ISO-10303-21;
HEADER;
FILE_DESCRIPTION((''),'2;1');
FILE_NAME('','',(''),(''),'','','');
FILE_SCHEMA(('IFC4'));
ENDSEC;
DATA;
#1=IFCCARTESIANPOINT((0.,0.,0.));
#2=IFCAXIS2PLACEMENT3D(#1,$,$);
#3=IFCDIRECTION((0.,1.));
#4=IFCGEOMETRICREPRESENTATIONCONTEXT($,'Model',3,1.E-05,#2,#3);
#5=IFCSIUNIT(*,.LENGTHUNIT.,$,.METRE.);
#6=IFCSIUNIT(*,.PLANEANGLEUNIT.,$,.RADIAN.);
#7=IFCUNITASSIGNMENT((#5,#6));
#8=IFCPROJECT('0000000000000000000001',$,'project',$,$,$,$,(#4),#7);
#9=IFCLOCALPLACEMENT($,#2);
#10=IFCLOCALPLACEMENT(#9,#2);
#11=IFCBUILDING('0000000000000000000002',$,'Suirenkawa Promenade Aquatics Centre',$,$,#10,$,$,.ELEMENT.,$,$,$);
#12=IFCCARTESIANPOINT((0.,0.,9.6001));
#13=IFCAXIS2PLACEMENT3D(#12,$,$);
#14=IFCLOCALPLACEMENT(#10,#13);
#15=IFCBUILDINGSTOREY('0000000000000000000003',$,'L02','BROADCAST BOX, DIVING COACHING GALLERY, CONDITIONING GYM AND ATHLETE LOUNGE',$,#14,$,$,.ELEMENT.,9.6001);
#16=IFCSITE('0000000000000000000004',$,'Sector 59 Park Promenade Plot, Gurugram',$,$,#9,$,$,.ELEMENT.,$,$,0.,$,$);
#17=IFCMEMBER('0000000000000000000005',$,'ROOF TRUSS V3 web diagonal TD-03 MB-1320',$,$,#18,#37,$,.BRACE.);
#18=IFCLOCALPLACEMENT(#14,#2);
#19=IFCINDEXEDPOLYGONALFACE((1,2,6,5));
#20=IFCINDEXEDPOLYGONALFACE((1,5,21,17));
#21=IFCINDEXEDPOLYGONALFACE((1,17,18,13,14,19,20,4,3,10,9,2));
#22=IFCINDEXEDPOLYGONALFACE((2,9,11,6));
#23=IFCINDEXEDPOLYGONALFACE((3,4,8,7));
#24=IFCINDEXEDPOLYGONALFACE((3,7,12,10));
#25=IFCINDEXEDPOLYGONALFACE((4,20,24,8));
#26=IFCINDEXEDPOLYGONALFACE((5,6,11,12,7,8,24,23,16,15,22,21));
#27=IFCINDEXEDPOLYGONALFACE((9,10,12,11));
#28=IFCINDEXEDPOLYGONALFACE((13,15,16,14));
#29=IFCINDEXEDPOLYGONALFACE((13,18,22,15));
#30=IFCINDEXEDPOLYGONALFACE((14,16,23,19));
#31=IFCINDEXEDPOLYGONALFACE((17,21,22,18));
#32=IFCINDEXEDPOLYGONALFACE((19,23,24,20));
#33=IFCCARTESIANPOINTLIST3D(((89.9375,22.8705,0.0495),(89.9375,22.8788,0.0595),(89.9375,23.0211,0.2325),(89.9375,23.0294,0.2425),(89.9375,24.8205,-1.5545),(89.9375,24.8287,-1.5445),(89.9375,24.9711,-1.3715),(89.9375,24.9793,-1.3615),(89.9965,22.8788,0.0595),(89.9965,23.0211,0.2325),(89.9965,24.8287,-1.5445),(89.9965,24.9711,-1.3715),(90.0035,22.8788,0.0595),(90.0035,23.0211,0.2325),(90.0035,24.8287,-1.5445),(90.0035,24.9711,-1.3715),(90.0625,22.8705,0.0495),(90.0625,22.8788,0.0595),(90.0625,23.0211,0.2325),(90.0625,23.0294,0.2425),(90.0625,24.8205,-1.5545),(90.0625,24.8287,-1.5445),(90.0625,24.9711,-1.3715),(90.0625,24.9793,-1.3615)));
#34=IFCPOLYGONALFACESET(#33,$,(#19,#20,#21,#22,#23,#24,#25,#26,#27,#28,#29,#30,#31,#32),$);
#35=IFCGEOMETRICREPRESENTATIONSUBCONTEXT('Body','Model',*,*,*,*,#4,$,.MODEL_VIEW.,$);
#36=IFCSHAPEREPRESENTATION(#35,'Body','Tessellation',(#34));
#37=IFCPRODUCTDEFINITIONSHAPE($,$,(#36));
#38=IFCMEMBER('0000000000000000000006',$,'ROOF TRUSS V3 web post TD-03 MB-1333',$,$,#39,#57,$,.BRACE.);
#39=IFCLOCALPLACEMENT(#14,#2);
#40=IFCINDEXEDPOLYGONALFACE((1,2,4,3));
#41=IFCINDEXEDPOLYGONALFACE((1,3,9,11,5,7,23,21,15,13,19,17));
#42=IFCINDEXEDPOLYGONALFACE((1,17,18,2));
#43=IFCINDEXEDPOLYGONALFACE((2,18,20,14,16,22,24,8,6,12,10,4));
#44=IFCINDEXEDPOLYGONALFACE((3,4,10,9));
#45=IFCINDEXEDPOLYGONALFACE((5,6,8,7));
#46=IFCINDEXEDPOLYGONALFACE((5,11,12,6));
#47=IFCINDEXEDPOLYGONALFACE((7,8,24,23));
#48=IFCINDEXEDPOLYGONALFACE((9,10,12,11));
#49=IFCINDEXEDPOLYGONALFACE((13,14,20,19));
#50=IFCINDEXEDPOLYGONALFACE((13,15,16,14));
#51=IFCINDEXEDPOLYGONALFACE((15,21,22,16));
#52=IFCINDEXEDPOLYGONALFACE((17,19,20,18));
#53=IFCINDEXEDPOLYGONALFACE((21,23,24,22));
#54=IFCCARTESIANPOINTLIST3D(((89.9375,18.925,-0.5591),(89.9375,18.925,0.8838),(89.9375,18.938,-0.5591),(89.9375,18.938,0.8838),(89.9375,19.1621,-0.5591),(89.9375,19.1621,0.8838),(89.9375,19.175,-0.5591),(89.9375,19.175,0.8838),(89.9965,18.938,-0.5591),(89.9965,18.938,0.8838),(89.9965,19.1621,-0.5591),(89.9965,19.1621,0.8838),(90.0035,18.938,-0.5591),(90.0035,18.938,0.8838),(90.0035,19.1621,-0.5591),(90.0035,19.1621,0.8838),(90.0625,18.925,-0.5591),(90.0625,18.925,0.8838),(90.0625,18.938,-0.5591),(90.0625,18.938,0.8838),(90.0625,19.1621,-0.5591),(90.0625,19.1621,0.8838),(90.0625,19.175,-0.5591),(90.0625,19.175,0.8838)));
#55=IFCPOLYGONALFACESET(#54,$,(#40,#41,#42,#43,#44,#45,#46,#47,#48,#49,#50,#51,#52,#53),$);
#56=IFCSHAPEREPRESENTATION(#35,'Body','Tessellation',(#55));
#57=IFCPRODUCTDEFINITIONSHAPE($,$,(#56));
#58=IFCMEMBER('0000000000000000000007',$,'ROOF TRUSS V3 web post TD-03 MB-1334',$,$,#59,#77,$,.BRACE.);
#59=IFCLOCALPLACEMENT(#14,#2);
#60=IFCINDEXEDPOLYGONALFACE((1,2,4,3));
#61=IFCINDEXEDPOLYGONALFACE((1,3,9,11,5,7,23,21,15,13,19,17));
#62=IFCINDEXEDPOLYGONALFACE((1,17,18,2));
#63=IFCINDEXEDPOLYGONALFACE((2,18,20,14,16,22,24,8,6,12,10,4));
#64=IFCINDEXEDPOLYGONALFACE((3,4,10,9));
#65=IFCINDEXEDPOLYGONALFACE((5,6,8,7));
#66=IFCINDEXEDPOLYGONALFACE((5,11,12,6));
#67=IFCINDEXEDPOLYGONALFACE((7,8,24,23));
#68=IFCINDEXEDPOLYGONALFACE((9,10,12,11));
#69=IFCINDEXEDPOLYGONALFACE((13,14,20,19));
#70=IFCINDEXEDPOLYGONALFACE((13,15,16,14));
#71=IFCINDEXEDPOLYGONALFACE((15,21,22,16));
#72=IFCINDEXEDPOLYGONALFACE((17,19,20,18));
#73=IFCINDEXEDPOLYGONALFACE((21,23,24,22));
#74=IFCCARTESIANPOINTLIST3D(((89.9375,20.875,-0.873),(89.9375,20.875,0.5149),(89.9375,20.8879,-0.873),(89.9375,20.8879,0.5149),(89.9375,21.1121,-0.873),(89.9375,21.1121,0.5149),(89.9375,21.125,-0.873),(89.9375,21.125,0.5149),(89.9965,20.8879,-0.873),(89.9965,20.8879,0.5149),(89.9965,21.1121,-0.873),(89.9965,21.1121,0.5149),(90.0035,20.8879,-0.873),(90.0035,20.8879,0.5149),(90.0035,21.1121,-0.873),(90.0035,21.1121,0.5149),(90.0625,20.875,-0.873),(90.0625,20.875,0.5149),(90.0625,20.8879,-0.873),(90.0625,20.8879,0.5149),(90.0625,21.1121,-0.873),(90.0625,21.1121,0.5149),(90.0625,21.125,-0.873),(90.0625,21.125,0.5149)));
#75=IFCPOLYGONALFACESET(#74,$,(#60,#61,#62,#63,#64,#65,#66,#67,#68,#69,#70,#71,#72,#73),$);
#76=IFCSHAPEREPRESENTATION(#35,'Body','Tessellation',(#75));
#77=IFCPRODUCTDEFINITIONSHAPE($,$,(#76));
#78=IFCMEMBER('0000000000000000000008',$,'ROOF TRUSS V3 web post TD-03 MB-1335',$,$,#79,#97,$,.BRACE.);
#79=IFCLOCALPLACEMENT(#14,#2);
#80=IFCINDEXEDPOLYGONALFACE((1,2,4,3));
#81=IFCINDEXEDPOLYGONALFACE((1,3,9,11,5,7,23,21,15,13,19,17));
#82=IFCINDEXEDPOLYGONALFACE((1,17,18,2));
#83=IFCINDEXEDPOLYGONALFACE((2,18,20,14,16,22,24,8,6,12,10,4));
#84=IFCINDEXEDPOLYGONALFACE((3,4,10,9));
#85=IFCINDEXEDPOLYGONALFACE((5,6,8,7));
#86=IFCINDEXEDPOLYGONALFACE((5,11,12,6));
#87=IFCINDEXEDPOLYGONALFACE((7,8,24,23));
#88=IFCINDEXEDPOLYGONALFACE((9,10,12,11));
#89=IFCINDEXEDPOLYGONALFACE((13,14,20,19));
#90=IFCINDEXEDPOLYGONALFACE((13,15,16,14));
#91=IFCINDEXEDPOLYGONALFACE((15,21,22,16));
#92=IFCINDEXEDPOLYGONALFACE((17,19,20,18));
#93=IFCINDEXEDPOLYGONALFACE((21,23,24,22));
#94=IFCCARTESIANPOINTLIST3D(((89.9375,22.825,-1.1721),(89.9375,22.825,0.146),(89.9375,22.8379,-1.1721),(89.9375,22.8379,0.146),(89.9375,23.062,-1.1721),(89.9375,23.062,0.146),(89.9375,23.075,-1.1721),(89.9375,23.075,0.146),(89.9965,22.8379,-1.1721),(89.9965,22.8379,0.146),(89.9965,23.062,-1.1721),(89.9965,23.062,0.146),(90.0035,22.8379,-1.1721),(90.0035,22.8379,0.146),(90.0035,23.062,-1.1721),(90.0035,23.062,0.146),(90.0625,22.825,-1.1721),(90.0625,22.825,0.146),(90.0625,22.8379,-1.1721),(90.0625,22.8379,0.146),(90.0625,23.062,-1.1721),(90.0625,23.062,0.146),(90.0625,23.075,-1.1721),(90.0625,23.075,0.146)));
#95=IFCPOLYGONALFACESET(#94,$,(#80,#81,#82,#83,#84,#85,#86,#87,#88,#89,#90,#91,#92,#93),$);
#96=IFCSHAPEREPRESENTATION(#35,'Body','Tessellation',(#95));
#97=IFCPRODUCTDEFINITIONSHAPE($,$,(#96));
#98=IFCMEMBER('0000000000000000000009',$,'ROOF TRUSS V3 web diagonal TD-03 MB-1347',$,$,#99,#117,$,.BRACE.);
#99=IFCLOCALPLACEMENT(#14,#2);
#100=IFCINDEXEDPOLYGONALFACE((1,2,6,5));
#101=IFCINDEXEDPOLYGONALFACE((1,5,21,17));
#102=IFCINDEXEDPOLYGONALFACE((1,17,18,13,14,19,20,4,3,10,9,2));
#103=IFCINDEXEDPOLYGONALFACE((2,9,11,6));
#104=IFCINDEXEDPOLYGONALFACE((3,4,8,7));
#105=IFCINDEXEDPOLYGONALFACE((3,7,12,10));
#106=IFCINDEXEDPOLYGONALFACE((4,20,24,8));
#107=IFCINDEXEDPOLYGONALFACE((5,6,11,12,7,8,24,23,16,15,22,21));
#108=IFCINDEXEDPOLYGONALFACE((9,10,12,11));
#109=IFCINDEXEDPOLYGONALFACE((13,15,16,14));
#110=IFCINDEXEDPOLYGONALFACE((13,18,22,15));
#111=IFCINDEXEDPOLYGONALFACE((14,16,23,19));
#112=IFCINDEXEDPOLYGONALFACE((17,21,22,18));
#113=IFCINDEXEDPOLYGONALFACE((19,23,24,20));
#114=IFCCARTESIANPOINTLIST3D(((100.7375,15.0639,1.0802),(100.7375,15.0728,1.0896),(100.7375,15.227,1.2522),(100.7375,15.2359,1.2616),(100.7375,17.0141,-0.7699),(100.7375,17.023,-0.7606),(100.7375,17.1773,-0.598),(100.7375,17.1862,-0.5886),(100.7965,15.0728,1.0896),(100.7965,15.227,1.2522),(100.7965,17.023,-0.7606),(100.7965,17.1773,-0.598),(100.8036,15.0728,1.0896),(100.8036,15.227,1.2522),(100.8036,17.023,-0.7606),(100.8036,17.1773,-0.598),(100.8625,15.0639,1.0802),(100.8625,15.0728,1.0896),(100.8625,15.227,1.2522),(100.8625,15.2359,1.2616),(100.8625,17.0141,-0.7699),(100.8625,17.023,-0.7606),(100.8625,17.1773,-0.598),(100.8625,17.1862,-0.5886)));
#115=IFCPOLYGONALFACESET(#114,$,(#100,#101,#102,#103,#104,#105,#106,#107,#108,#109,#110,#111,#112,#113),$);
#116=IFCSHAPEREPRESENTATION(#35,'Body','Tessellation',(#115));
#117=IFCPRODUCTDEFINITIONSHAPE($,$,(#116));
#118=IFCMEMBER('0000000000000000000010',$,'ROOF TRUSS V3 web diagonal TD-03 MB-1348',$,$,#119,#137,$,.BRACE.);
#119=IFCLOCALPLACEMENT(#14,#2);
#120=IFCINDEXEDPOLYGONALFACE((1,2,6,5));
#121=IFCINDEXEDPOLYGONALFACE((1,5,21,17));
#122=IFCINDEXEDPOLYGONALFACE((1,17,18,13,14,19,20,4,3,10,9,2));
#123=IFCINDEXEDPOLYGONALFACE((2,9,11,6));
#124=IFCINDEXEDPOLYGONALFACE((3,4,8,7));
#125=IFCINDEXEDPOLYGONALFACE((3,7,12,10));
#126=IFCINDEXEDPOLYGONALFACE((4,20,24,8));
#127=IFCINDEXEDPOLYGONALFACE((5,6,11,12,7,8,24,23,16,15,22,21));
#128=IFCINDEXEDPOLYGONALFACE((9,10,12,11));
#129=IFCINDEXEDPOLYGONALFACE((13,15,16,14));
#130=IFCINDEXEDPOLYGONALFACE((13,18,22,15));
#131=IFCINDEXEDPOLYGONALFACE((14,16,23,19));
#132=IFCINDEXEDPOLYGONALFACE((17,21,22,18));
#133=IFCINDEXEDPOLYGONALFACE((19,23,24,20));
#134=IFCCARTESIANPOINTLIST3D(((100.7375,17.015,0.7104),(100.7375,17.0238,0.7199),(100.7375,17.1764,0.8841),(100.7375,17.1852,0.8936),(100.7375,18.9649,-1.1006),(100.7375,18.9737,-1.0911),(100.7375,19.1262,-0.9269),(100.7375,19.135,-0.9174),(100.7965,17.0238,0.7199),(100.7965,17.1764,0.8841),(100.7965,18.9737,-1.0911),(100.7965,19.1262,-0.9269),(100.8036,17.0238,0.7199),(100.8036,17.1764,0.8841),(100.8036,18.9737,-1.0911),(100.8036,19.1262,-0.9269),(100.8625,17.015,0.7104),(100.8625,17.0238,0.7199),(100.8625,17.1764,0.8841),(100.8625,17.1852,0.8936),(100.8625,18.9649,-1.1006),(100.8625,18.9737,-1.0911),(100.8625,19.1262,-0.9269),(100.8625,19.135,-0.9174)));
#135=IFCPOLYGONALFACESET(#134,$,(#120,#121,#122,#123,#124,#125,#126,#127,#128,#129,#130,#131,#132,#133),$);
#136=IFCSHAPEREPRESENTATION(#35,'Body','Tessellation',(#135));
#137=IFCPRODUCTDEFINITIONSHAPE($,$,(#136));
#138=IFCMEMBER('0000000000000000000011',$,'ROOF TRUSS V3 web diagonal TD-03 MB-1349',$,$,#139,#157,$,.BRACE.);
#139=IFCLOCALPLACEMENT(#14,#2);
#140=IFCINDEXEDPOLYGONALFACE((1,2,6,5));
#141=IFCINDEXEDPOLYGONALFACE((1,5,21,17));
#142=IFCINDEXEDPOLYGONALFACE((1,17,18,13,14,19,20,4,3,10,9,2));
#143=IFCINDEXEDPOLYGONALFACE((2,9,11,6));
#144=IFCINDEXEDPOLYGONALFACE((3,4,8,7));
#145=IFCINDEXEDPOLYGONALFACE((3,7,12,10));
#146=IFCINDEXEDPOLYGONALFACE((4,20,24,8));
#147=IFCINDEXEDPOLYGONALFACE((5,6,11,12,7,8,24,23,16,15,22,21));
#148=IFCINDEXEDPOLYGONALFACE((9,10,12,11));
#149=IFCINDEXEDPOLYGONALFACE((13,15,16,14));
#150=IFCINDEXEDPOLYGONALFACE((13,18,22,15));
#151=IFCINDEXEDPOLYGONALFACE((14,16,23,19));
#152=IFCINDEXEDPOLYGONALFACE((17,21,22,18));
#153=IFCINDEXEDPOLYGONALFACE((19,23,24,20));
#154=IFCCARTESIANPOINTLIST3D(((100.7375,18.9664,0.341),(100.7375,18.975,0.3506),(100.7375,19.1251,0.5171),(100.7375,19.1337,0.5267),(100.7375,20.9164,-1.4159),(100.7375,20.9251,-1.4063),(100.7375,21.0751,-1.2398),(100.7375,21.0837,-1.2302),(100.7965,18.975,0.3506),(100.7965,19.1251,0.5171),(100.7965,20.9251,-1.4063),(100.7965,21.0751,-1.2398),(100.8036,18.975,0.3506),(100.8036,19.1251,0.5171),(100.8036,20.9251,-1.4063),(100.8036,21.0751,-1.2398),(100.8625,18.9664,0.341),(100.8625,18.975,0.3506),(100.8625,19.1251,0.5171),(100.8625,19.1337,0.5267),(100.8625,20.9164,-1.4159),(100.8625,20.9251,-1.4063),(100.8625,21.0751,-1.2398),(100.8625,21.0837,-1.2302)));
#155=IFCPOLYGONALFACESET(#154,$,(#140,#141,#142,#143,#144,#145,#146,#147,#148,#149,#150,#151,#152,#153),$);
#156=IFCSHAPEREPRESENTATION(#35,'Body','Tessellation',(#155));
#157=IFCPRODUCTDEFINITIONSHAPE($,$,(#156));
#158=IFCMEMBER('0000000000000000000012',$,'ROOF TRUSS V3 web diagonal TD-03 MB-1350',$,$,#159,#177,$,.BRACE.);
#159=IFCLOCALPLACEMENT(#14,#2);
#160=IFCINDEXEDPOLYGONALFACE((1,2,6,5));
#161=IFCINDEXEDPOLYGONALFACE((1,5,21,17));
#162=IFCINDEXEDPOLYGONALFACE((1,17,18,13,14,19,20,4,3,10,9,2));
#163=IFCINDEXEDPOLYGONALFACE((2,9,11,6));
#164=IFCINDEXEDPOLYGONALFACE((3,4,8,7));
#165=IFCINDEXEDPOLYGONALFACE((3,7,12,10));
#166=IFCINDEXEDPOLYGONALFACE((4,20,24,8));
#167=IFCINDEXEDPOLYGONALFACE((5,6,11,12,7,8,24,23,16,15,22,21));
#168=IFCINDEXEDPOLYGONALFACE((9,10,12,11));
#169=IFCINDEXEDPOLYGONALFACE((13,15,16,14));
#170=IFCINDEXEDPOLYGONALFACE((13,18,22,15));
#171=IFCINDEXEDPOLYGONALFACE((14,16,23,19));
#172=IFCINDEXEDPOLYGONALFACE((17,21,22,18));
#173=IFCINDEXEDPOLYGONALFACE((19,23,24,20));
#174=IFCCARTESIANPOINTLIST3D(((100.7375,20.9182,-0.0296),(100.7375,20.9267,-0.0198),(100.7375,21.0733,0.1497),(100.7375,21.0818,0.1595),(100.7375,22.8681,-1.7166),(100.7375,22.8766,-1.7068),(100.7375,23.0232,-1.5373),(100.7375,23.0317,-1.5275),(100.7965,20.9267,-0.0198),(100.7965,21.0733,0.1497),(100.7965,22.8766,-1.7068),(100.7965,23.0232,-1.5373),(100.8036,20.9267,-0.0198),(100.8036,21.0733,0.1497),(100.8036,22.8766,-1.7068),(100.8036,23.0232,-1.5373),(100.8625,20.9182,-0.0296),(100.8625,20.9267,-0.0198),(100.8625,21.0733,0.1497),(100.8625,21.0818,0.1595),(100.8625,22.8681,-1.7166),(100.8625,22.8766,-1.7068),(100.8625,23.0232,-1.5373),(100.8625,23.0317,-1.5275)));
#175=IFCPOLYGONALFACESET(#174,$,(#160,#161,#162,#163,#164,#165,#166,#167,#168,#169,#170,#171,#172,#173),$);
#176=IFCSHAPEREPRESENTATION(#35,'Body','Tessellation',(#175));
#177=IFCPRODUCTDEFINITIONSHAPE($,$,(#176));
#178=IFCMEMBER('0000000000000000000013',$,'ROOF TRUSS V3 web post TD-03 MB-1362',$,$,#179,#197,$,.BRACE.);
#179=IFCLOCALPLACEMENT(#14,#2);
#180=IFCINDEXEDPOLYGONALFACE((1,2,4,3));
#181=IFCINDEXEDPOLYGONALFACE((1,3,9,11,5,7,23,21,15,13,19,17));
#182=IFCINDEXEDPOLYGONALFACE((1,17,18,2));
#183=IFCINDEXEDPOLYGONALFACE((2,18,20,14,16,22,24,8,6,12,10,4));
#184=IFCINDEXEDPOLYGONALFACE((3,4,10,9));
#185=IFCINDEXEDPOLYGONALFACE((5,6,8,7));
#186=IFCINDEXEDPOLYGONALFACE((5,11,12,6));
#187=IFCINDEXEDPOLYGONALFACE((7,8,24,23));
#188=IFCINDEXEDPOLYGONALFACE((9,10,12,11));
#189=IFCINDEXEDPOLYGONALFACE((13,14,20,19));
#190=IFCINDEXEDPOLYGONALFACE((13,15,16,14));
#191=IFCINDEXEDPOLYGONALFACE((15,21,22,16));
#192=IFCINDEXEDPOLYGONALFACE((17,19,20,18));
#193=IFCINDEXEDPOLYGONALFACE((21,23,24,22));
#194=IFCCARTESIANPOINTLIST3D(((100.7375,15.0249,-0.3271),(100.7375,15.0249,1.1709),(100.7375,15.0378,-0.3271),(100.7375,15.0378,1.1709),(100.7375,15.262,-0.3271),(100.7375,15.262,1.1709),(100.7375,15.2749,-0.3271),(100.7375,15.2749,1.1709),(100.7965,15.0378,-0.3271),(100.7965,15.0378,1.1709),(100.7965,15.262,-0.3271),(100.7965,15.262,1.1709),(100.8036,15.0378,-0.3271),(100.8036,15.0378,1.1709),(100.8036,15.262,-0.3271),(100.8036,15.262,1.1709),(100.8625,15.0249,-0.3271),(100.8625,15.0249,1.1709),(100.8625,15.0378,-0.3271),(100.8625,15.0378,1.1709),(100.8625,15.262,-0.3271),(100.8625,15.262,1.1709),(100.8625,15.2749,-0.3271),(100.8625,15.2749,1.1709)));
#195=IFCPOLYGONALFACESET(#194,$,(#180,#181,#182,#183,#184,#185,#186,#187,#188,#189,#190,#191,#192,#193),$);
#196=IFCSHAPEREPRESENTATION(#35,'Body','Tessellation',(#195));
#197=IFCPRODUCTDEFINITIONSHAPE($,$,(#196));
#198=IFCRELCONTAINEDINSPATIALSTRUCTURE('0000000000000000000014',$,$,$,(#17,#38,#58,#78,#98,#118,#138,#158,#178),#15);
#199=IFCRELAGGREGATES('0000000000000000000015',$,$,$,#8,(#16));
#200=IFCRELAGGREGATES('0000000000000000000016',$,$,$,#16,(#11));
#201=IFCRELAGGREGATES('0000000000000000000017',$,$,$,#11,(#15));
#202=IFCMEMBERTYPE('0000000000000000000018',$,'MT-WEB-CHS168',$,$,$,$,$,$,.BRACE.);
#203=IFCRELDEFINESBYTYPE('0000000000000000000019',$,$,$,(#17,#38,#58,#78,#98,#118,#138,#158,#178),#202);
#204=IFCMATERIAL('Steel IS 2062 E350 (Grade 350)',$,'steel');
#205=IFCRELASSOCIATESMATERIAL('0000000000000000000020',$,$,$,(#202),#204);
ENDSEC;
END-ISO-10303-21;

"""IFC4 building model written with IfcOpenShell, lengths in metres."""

from ifc_helpers import new_model, si_unit, direction, frame, origin, origin_2d, place, context, subcontext, project, spatial, i_section, extrude, material, material_profile, profile_set, type_object, element, save


model = new_model("IFC4")

# Units and contexts
model_context = context("Model", 3, precision=1e-05, world=origin(), true_north=direction((0.0, 1.0)))
body_context = subcontext(model_context, "Body", "Model", "MODEL_VIEW")
ifc_project = project(units=[si_unit("LENGTHUNIT", "METRE"), si_unit("PLANEANGLEUNIT", "RADIAN")], contexts=[model_context])

# Site, building, storey
site_placement = place(None, origin())
site = spatial("IfcSite", under=ifc_project, at=site_placement, Name="Sector 59 Park Promenade Plot, Gurugram", CompositionType="ELEMENT", RefElevation=0.0)
building_placement = place(site_placement, origin())
building = spatial("IfcBuilding", under=site, at=building_placement, Name="Suirenkawa Promenade Aquatics Centre", CompositionType="ELEMENT")
storey_placement = place(building_placement, frame((0.0, 0.0, 9.6001)))
storey = spatial("IfcBuildingStorey", under=building, at=storey_placement, Name="L02", Description="BROADCAST BOX, DIVING COACHING GALLERY, CONDITIONING GYM AND ATHLETE LOUNGE", CompositionType="ELEMENT", Elevation=9.6001)

# Shared definitions
ifc_material = material(Name="Steel IS 2062 E350 (Grade 350)", Category="steel")

# Members
ifc_material_profile_1 = material_profile(ifc_material, i_section(OverallWidth=0.125, OverallDepth=0.25, WebThickness=0.0071, FlangeThickness=0.0129, at=origin_2d()), Name="ISMB 250", Category="steel")
ifc_profile_set_1 = profile_set([ifc_material_profile_1], Name="Steel IS 2062 E350 (Grade 350)")
member_type_1 = type_object("IfcMemberType", Name="MT-WEB-CHS168", PredefinedType="BRACE", material=ifc_profile_set_1)
member_1_placement = place(storey_placement, frame((90.0, 22.95, 0.146), z_axis=(0.0, 0.772287, -0.635273), x_axis=(-1.0, 0.0, 0.0)))
element("IfcMember", 1, at=member_1_placement, inside=storey, type_object=member_type_1, Name="ROOF TRUSS V3 web diagonal TD-03 MB-1320", PredefinedType="BRACE", context=body_context, shape_type="SweptSolid", body=[
    extrude(i_section(OverallWidth=0.125, OverallDepth=0.25, WebThickness=0.0071, FlangeThickness=0.0129, at=origin_2d()), origin(), (0.0, 0.0, 1.0), 2.5249),
])
member_2_placement = place(storey_placement, frame((90.0, 19.05, -0.5591), z_axis=(0.0, 0.0, 1.0), x_axis=(1.0, 0.0, 0.0)))
element("IfcMember", 2, at=member_2_placement, inside=storey, type_object=member_type_1, Name="ROOF TRUSS V3 web post TD-03 MB-1333", PredefinedType="BRACE", context=body_context, shape_type="SweptSolid", body=[
    extrude(i_section(OverallWidth=0.125, OverallDepth=0.25, WebThickness=0.0071, FlangeThickness=0.0129, at=origin_2d()), origin(), (0.0, 0.0, 1.0), 1.4429),
])
member_3_placement = place(storey_placement, frame((90.0, 21.0, -0.873), z_axis=(0.0, 0.0, 1.0), x_axis=(1.0, 0.0, 0.0)))
element("IfcMember", 3, at=member_3_placement, inside=storey, type_object=member_type_1, Name="ROOF TRUSS V3 web post TD-03 MB-1334", PredefinedType="BRACE", context=body_context, shape_type="SweptSolid", body=[
    extrude(i_section(OverallWidth=0.125, OverallDepth=0.25, WebThickness=0.0071, FlangeThickness=0.0129, at=origin_2d()), origin(), (0.0, 0.0, 1.0), 1.3879),
])
member_4_placement = place(storey_placement, frame((90.0, 22.95, -1.1721), z_axis=(0.0, 0.0, 1.0), x_axis=(1.0, 0.0, 0.0)))
element("IfcMember", 4, at=member_4_placement, inside=storey, type_object=member_type_1, Name="ROOF TRUSS V3 web post TD-03 MB-1335", PredefinedType="BRACE", context=body_context, shape_type="SweptSolid", body=[
    extrude(i_section(OverallWidth=0.125, OverallDepth=0.25, WebThickness=0.0071, FlangeThickness=0.0129, at=origin_2d()), origin(), (0.0, 0.0, 1.0), 1.3181),
])
member_5_placement = place(storey_placement, frame((100.8, 15.1499, 1.1709), z_axis=(0.0, 0.72548, -0.688243), x_axis=(-1.0, 0.0, 0.0)))
element("IfcMember", 5, at=member_5_placement, inside=storey, type_object=member_type_1, Name="ROOF TRUSS V3 web diagonal TD-03 MB-1347", PredefinedType="BRACE", context=body_context, shape_type="SweptSolid", body=[
    extrude(i_section(OverallWidth=0.125, OverallDepth=0.25, WebThickness=0.0071, FlangeThickness=0.0129, at=origin_2d()), origin(), (0.0, 0.0, 1.0), 2.6882),
])
member_6_placement = place(storey_placement, frame((100.8, 17.1001, 0.802), z_axis=(0.0, 0.732725, -0.680525), x_axis=(-1.0, 0.0, 0.0)))
element("IfcMember", 6, at=member_6_placement, inside=storey, type_object=member_type_1, Name="ROOF TRUSS V3 web diagonal TD-03 MB-1348", PredefinedType="BRACE", context=body_context, shape_type="SweptSolid", body=[
    extrude(i_section(OverallWidth=0.125, OverallDepth=0.25, WebThickness=0.0071, FlangeThickness=0.0129, at=origin_2d()), origin(), (0.0, 0.0, 1.0), 2.6611),
])
member_7_placement = place(storey_placement, frame((100.8, 19.05, 0.4338), z_axis=(0.0, 0.742938, -0.66936), x_axis=(-1.0, 0.0, 0.0)))
element("IfcMember", 7, at=member_7_placement, inside=storey, type_object=member_type_1, Name="ROOF TRUSS V3 web diagonal TD-03 MB-1349", PredefinedType="BRACE", context=body_context, shape_type="SweptSolid", body=[
    extrude(i_section(OverallWidth=0.125, OverallDepth=0.25, WebThickness=0.0071, FlangeThickness=0.0129, at=origin_2d()), origin(), (0.0, 0.0, 1.0), 2.6248),
])
member_8_placement = place(storey_placement, frame((100.8, 21.0, 0.0649), z_axis=(0.0, 0.756254, -0.654278), x_axis=(-1.0, 0.0, 0.0)))
element("IfcMember", 8, at=member_8_placement, inside=storey, type_object=member_type_1, Name="ROOF TRUSS V3 web diagonal TD-03 MB-1350", PredefinedType="BRACE", context=body_context, shape_type="SweptSolid", body=[
    extrude(i_section(OverallWidth=0.125, OverallDepth=0.25, WebThickness=0.0071, FlangeThickness=0.0129, at=origin_2d()), origin(), (0.0, 0.0, 1.0), 2.5784),
])
member_9_placement = place(storey_placement, frame((100.8, 15.1499, -0.3271), z_axis=(0.0, 0.0, 1.0), x_axis=(1.0, 0.0, 0.0)))
element("IfcMember", 9, at=member_9_placement, inside=storey, type_object=member_type_1, Name="ROOF TRUSS V3 web post TD-03 MB-1362", PredefinedType="BRACE", context=body_context, shape_type="SweptSolid", body=[
    extrude(i_section(OverallWidth=0.125, OverallDepth=0.25, WebThickness=0.0071, FlangeThickness=0.0129, at=origin_2d()), origin(), (0.0, 0.0, 1.0), 1.498),
])

save(model, "model.ifc")
